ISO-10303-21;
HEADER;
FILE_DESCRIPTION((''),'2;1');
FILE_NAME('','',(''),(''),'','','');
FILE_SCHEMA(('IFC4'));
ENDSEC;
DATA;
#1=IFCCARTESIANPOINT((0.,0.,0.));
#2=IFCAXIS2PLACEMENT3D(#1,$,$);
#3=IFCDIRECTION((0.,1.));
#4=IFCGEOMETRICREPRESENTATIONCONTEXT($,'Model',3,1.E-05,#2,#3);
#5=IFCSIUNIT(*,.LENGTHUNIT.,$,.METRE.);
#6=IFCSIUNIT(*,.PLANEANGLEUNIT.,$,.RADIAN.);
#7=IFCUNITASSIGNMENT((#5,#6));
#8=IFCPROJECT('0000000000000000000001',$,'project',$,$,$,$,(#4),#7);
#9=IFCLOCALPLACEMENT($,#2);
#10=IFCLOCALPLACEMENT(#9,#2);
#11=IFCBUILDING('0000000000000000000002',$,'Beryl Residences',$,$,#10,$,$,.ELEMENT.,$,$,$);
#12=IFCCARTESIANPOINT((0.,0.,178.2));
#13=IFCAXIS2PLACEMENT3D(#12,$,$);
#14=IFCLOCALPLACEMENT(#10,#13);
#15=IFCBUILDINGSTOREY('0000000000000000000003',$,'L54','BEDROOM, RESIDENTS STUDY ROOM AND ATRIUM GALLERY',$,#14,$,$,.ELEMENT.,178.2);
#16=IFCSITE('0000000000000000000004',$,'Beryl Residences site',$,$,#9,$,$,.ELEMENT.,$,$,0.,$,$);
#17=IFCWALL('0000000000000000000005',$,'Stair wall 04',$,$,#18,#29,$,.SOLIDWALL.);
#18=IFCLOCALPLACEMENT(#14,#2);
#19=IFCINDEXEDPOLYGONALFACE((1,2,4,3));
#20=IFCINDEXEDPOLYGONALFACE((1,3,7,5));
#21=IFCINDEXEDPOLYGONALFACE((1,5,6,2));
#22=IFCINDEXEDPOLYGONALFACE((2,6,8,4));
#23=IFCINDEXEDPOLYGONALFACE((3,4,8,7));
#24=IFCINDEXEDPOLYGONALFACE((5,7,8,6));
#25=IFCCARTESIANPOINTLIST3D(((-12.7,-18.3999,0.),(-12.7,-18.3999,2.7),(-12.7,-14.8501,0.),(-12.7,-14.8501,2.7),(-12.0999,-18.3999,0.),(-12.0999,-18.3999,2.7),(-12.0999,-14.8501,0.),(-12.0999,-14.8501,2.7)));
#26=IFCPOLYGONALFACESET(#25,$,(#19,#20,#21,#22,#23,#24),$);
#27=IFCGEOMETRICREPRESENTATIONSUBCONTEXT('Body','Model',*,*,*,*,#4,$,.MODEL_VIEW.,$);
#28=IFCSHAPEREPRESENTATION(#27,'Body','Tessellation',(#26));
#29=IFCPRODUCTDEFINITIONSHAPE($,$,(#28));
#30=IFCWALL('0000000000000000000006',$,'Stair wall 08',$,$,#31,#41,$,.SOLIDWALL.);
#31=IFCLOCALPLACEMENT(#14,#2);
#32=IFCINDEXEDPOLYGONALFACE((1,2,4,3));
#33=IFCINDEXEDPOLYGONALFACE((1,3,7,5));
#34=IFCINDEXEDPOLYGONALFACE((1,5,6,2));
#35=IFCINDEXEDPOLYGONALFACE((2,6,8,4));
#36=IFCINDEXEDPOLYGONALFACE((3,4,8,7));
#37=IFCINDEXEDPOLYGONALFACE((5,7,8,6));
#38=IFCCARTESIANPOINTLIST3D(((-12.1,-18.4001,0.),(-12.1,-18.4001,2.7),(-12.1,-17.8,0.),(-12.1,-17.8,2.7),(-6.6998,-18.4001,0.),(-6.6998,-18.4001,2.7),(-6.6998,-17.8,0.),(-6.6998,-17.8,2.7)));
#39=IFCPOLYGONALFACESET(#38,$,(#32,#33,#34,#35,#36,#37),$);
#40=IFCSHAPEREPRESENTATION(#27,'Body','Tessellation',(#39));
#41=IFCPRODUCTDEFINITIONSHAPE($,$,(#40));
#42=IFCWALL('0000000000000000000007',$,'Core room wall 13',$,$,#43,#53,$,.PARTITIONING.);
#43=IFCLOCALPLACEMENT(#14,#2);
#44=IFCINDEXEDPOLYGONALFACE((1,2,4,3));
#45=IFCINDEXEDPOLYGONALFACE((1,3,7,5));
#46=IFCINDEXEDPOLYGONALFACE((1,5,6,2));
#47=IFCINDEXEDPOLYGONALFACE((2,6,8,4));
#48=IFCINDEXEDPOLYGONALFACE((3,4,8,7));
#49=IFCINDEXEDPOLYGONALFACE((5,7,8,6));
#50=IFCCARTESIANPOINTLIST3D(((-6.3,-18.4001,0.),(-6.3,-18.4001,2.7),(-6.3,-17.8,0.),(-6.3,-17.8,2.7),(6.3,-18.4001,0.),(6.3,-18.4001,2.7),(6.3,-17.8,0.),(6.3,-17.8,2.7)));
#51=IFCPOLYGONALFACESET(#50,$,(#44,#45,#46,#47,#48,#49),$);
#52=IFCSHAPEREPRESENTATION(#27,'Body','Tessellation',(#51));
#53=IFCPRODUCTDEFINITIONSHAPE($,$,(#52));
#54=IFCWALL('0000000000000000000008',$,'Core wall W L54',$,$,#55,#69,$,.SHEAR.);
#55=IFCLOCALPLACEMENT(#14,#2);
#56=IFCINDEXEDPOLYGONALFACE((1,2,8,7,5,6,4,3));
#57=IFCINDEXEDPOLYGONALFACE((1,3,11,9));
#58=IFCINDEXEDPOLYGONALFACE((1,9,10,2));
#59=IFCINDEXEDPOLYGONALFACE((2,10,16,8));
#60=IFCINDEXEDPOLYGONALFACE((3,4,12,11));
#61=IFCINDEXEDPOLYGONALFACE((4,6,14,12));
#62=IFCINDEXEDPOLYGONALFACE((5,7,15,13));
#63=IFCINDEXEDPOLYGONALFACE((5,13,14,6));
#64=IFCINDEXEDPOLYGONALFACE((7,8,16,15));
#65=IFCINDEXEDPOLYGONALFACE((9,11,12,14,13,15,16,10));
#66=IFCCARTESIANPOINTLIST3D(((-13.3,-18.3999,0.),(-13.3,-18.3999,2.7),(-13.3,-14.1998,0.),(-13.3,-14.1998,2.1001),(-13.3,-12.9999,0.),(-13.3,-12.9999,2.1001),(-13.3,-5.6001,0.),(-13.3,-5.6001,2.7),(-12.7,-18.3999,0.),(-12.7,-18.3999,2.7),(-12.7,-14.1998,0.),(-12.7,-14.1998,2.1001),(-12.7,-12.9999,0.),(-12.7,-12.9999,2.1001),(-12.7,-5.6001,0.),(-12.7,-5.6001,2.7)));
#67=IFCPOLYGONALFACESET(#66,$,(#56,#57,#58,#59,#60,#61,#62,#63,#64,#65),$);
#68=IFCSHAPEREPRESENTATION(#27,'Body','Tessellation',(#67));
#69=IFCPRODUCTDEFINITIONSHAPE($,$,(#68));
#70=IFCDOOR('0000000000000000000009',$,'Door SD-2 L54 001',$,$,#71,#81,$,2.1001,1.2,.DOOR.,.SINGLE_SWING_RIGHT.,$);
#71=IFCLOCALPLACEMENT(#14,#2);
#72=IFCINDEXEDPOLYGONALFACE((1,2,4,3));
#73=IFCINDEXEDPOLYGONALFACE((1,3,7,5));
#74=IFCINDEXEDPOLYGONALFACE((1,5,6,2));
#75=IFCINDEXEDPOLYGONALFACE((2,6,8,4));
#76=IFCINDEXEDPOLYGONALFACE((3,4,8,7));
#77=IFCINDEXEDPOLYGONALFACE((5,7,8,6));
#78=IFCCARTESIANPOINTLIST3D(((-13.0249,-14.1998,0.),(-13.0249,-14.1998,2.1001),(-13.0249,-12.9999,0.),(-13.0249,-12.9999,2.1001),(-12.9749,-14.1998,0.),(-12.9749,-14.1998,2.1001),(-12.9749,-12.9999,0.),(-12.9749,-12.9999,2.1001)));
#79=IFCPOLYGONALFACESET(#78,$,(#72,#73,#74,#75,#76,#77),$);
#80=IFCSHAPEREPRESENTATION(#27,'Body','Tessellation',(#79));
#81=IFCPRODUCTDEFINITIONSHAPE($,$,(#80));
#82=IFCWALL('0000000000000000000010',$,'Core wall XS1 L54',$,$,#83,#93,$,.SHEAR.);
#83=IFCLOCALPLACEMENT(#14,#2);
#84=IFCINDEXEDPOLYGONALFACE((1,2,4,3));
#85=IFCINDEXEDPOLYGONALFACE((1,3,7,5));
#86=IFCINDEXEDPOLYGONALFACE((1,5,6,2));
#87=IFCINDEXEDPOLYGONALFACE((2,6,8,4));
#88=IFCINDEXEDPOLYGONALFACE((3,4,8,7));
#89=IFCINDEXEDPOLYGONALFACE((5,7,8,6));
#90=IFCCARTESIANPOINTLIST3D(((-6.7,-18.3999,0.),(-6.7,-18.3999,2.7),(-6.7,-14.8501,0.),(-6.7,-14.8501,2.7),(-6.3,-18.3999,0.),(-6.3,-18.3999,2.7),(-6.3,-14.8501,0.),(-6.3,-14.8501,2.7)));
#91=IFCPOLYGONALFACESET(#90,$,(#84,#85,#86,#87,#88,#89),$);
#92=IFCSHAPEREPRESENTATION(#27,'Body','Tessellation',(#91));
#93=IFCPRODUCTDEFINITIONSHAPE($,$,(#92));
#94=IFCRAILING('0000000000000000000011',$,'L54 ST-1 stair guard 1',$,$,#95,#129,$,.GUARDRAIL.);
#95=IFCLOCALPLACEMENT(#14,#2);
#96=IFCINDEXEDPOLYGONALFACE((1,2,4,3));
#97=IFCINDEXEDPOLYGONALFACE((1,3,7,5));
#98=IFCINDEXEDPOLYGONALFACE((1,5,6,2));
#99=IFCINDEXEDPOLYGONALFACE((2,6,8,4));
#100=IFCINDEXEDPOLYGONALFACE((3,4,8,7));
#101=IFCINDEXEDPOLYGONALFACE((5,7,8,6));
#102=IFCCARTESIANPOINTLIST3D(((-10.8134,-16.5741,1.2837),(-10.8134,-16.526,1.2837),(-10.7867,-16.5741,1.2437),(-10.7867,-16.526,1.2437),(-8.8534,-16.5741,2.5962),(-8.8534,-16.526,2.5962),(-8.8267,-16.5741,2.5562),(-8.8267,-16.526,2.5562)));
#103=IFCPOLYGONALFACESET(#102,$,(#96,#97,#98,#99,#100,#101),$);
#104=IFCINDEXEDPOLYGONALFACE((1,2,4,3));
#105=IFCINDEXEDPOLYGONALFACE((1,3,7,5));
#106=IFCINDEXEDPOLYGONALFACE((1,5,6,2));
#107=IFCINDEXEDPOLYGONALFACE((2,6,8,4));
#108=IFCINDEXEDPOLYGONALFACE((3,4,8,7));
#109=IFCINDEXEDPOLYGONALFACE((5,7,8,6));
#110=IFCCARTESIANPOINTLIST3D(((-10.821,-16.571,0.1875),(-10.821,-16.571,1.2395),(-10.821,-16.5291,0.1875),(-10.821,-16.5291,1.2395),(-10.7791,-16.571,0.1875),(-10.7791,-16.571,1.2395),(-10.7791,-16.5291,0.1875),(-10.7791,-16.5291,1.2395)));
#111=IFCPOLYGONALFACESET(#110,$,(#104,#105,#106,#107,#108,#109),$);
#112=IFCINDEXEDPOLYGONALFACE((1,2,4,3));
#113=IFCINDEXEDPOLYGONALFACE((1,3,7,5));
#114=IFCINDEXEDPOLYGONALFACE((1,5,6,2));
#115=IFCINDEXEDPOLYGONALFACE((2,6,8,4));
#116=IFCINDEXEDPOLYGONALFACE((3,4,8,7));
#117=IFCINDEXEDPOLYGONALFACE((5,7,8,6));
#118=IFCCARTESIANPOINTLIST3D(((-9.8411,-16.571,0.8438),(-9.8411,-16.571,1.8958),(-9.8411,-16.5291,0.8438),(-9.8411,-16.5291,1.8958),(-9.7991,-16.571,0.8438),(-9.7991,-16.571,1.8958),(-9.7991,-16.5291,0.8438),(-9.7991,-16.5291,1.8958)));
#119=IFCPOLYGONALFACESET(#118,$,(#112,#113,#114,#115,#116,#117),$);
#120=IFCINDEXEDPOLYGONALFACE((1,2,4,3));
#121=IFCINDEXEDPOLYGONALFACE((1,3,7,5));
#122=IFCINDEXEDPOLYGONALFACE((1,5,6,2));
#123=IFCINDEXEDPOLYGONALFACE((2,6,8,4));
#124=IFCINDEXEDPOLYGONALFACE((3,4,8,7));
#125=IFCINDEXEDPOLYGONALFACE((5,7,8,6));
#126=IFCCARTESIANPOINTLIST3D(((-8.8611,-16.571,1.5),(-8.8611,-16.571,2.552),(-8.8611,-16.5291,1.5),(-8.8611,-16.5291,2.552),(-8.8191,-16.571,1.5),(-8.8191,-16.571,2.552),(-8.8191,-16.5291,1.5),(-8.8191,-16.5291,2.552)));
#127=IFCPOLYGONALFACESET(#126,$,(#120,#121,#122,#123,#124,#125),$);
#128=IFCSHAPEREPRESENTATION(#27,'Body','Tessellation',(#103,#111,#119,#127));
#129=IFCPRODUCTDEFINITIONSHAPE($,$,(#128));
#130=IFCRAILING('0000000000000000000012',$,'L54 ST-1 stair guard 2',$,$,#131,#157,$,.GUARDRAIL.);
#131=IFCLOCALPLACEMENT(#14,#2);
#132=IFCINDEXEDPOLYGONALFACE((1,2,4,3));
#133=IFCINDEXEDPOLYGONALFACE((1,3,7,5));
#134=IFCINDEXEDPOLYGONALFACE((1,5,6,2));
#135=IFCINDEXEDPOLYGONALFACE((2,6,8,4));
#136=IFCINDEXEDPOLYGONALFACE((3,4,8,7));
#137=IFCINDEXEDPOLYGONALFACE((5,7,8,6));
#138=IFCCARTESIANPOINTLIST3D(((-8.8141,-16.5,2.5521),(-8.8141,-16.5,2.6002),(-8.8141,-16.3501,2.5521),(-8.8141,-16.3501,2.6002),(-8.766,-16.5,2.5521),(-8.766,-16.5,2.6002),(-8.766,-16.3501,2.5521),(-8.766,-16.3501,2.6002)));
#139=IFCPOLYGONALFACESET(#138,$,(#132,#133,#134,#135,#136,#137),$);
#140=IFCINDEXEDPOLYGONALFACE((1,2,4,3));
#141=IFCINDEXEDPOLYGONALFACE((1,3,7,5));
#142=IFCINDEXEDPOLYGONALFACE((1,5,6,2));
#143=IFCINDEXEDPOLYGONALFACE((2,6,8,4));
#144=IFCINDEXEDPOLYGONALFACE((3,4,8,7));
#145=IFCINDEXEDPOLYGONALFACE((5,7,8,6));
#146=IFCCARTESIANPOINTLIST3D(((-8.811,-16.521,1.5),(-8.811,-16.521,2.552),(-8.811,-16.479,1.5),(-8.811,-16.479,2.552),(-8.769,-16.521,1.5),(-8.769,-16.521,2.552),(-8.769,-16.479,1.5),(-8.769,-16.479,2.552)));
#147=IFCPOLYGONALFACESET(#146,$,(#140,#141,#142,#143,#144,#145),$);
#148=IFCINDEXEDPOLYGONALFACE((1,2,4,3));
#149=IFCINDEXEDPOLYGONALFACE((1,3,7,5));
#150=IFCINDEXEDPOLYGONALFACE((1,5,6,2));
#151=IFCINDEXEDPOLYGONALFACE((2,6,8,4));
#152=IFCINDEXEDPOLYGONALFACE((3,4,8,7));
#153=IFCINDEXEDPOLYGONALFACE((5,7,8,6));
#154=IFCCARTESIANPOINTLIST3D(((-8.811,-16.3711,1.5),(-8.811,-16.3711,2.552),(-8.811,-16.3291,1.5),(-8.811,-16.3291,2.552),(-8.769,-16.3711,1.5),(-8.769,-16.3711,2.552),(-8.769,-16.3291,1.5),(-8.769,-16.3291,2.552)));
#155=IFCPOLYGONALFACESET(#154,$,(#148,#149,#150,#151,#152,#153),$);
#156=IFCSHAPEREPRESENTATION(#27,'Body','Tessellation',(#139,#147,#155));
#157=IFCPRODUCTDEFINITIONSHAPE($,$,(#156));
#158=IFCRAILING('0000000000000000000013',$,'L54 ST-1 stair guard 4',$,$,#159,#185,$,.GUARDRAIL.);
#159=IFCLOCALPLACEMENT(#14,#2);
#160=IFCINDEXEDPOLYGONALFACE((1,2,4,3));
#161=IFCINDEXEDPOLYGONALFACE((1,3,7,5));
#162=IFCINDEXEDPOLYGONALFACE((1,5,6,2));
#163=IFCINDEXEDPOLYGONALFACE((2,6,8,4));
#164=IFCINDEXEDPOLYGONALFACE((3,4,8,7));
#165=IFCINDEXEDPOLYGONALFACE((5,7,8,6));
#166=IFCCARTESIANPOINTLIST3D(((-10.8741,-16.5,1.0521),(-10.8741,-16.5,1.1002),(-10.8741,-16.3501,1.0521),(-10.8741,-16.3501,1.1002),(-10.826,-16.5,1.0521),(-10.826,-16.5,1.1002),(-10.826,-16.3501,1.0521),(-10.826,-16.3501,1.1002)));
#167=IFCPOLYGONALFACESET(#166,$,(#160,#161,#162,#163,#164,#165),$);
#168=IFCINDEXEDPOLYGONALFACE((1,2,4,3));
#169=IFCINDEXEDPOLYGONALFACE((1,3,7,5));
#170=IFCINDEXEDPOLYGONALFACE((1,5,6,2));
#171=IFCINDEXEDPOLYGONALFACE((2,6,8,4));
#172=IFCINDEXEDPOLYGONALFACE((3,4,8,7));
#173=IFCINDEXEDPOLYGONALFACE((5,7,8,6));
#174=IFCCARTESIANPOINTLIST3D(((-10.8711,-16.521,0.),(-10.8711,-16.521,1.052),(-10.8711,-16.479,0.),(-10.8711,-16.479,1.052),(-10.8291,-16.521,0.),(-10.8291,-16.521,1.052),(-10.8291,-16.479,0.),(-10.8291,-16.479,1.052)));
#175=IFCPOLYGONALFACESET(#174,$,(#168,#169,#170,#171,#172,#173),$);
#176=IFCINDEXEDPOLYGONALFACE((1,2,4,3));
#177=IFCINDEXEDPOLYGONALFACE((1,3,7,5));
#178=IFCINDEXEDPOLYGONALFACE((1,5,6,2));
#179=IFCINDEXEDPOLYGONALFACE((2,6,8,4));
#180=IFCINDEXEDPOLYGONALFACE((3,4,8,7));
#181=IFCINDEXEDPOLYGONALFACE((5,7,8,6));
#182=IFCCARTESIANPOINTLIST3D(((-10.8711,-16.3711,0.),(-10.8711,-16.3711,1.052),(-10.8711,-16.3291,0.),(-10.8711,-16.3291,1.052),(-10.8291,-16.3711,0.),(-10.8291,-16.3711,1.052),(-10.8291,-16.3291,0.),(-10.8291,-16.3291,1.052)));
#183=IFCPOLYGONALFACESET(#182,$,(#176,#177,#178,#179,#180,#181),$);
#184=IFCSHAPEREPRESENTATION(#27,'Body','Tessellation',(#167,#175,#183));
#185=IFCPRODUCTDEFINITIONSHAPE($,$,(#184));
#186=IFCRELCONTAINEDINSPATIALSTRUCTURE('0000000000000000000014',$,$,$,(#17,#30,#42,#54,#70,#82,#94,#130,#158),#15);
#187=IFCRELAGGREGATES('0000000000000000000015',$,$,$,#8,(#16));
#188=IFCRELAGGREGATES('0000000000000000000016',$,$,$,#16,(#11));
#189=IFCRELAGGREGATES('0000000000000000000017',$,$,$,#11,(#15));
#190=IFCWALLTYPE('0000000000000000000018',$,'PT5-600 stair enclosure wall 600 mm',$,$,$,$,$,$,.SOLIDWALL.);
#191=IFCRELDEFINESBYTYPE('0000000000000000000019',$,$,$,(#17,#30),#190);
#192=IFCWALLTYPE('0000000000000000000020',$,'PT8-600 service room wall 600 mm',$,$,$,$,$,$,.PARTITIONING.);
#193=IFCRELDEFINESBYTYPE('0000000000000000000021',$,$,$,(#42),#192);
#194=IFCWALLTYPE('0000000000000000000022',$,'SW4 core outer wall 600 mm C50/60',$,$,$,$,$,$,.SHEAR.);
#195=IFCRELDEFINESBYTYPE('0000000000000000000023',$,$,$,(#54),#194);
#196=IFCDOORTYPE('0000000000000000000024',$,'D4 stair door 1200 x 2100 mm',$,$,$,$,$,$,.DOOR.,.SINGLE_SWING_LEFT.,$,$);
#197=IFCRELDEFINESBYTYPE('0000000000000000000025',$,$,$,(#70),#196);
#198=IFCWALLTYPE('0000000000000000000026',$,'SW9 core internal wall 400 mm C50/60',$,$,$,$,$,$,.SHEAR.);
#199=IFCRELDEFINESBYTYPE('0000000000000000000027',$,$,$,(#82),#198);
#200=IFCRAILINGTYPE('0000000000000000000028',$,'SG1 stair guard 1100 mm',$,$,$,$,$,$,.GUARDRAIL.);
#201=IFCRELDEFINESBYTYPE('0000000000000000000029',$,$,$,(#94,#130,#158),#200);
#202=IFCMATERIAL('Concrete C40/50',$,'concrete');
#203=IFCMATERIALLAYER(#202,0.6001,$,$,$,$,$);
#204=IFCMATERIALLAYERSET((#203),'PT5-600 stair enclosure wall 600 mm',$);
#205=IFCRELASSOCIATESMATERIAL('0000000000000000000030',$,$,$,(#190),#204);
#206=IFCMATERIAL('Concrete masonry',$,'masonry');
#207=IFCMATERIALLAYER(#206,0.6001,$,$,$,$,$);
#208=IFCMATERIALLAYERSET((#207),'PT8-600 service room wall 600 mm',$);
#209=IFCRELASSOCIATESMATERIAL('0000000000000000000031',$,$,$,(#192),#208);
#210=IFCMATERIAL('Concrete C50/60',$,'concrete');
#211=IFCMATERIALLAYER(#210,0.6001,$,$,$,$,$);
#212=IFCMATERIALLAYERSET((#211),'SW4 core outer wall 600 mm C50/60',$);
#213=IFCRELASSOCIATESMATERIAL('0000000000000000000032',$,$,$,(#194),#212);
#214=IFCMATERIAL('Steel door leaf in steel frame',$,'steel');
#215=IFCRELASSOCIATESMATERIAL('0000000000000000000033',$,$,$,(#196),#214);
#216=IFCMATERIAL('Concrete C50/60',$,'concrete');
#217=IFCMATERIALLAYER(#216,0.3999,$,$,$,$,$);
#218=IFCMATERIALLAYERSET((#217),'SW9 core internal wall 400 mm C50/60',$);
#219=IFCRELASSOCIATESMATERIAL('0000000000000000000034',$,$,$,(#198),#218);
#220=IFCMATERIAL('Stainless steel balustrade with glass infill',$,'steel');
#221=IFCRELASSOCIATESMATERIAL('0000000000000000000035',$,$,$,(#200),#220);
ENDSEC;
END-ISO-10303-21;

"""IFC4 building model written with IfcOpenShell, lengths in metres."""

from ifc_helpers import new_model, si_unit, direction, frame, frame_2d, origin, origin_2d, place, context, subcontext, project, spatial, rectangle, extrude, material, layer, layer_set, type_object, element, fill, save


model = new_model("IFC4")

# Units and contexts
model_context = context("Model", 3, precision=1e-05, world=origin(), true_north=direction((0.0, 1.0)))
body_context = subcontext(model_context, "Body", "Model", "MODEL_VIEW")
ifc_project = project(units=[si_unit("LENGTHUNIT", "METRE"), si_unit("PLANEANGLEUNIT", "RADIAN")], contexts=[model_context])

# Site, building, storey
site_placement = place(None, origin())
site = spatial("IfcSite", under=ifc_project, at=site_placement, Name="Beryl Residences site", CompositionType="ELEMENT", RefElevation=0.0)
building_placement = place(site_placement, origin())
building = spatial("IfcBuilding", under=site, at=building_placement, Name="Beryl Residences", CompositionType="ELEMENT")
storey_placement = place(building_placement, frame((0.0, 0.0, 178.2)))
storey = spatial("IfcBuildingStorey", under=building, at=storey_placement, Name="L54", Description="BEDROOM, RESIDENTS STUDY ROOM AND ATRIUM GALLERY", CompositionType="ELEMENT", Elevation=178.2)

# Walls
ifc_material_1 = material(Name="Concrete C40/50", Category="concrete")
ifc_layer_1 = layer(ifc_material_1, 0.6001)
ifc_layer_set_1 = layer_set([ifc_layer_1], Name="PT5-600 stair enclosure wall 600 mm")
wall_type_1 = type_object("IfcWallType", Name="PT5-600 stair enclosure wall 600 mm", PredefinedType="SOLIDWALL", material=ifc_layer_set_1)
wall_1_placement = place(storey_placement, frame((-12.3999, -18.3999, 0.0), z_axis=(0.0, 0.0, 1.0), x_axis=(0.0, 1.0, 0.0)))
element("IfcWall", 1, at=wall_1_placement, inside=storey, type_object=wall_type_1, Name="Stair wall 04", PredefinedType="SOLIDWALL", context=body_context, shape_type="SweptSolid", body=[
    extrude(rectangle(XDim=3.5498, YDim=0.6001, at=frame_2d((1.7749, 0.0))), origin(), (0.0, 0.0, 1.0), 2.7),
])
wall_2_placement = place(storey_placement, frame((-12.1001, -18.1001, 0.0), z_axis=(0.0, 0.0, 1.0), x_axis=(1.0, 0.0, 0.0)))
element("IfcWall", 2, at=wall_2_placement, inside=storey, type_object=wall_type_1, Name="Stair wall 08", PredefinedType="SOLIDWALL", context=body_context, shape_type="SweptSolid", body=[
    extrude(rectangle(XDim=5.4001, YDim=0.6001, at=frame_2d((2.7002, 0.0))), origin(), (0.0, 0.0, 1.0), 2.7),
])
ifc_material_2 = material(Name="Concrete masonry", Category="masonry")
ifc_layer_2 = layer(ifc_material_2, 0.6001)
ifc_layer_set_2 = layer_set([ifc_layer_2], Name="PT8-600 service room wall 600 mm")
wall_type_2 = type_object("IfcWallType", Name="PT8-600 service room wall 600 mm", PredefinedType="PARTITIONING", material=ifc_layer_set_2)
wall_3_placement = place(storey_placement, frame((-6.3, -18.1001, 0.0), z_axis=(0.0, 0.0, 1.0), x_axis=(1.0, 0.0, 0.0)))
element("IfcWall", 3, at=wall_3_placement, inside=storey, type_object=wall_type_2, Name="Core room wall 13", PredefinedType="PARTITIONING", context=body_context, shape_type="SweptSolid", body=[
    extrude(rectangle(XDim=12.6001, YDim=0.6001, at=frame_2d((6.3, 0.0))), origin(), (0.0, 0.0, 1.0), 2.7),
])

# Wall, opening, door
ifc_material_3 = material(Name="Concrete C50/60", Category="concrete")
ifc_layer_3 = layer(ifc_material_3, 0.6001)
ifc_layer_set_3 = layer_set([ifc_layer_3], Name="SW4 core outer wall 600 mm C50/60")
wall_type_3 = type_object("IfcWallType", Name="SW4 core outer wall 600 mm C50/60", PredefinedType="SHEAR", material=ifc_layer_set_3)
wall_4_placement = place(storey_placement, frame((-13.0, -18.3999, 0.0), z_axis=(0.0, 0.0, 1.0), x_axis=(0.0, 1.0, 0.0)))
wall_4 = element("IfcWall", 4, at=wall_4_placement, inside=storey, type_object=wall_type_3, Name="Core wall W L54", PredefinedType="SHEAR", context=body_context, shape_type="SweptSolid", body=[
    extrude(rectangle(XDim=12.7998, YDim=0.6001, at=frame_2d((6.3999, 0.0))), origin(), (0.0, 0.0, 1.0), 2.7),
])
opening_1_placement = place(wall_4_placement, frame((4.2, 0.0, 0.0)))
opening_1 = element("IfcOpeningElement", 5, at=opening_1_placement, cuts=wall_4, PredefinedType="OPENING", context=body_context, shape_type="SweptSolid", body=[
    extrude(rectangle(XDim=1.2, YDim=2.1001, at=frame_2d((0.6001, 1.05))), frame((0.0, 0.3101, 0.0), z_axis=(0.0, -1.0, 0.0), x_axis=(1.0, 0.0, 0.0)), (0.0, 0.0, 1.0), 0.6201),
])
ifc_material_4 = material(Name="Steel door leaf in steel frame", Category="steel")
door_type = type_object("IfcDoorType", Name="D4 stair door 1200 x 2100 mm", OperationType="SINGLE_SWING_LEFT", PredefinedType="DOOR", material=ifc_material_4)
door_placement = place(opening_1_placement, origin())
door = element("IfcDoor", 6, at=door_placement, inside=storey, type_object=door_type, Name="Door SD-2 L54 001", OperationType="SINGLE_SWING_RIGHT", OverallHeight=2.1001, OverallWidth=1.2, PredefinedType="DOOR", context=body_context, shape_type="SweptSolid", body=[
    extrude(rectangle(XDim=1.2, YDim=2.1001, at=frame_2d((0.6001, 1.05))), frame((0.0, 0.0249, 0.0), z_axis=(0.0, -1.0, 0.0), x_axis=(1.0, 0.0, 0.0)), (0.0, 0.0, 1.0), 0.05),
])
fill(opening_1, door)

# Wall
ifc_material_5 = material(Name="Concrete C50/60", Category="concrete")
ifc_layer_4 = layer(ifc_material_5, 0.3999)
ifc_layer_set_4 = layer_set([ifc_layer_4], Name="SW9 core internal wall 400 mm C50/60")
wall_type_4 = type_object("IfcWallType", Name="SW9 core internal wall 400 mm C50/60", PredefinedType="SHEAR", material=ifc_layer_set_4)
wall_5_placement = place(storey_placement, frame((-6.5, -18.3999, 0.0), z_axis=(0.0, 0.0, 1.0), x_axis=(0.0, 1.0, 0.0)))
element("IfcWall", 7, at=wall_5_placement, inside=storey, type_object=wall_type_4, Name="Core wall XS1 L54", PredefinedType="SHEAR", context=body_context, shape_type="SweptSolid", body=[
    extrude(rectangle(XDim=3.5498, YDim=0.3999, at=frame_2d((1.7749, 0.0))), origin(), (0.0, 0.0, 1.0), 2.7),
])

# Railings
ifc_material_6 = material(Name="Stainless steel balustrade with glass infill", Category="steel")
railing_type_1 = type_object("IfcRailingType", Name="SG1 stair guard 1100 mm", PredefinedType="GUARDRAIL", material=ifc_material_6)
railing_1_placement = place(storey_placement, frame((-10.8, -16.55, 0.1875)))
element("IfcRailing", 8, at=railing_1_placement, inside=storey, type_object=railing_type_1, Name="L54 ST-1 stair guard 1", PredefinedType="GUARDRAIL", context=body_context, shape_type="SweptSolid", body=[
    extrude(rectangle(XDim=0.0481, YDim=0.0481, at=origin_2d()), frame((0.0, 0.0, 1.0762), z_axis=(0.830902, 0.0, 0.556419), x_axis=(0.0, 1.0, 0.0)), (0.0, 0.0, 1.0), 2.3589),
    extrude(rectangle(XDim=0.042, YDim=0.042, at=origin_2d()), origin(), (0.0, 0.0, 1.0), 1.052),
    extrude(rectangle(XDim=0.042, YDim=0.042, at=origin_2d()), frame((0.98, 0.0, 0.6562)), (0.0, 0.0, 1.0), 1.052),
    extrude(rectangle(XDim=0.042, YDim=0.042, at=origin_2d()), frame((1.96, 0.0, 1.3125)), (0.0, 0.0, 1.0), 1.052),
])
for number, where, name in (
    (9, (-8.79, -16.5, 1.5), "L54 ST-1 stair guard 2"),
    (10, (-10.8501, -16.5, 0.0), "L54 ST-1 stair guard 4"),
):
    element("IfcRailing", number, at=place(storey_placement, frame(where)), inside=storey, type_object=railing_type_1, Name=name, PredefinedType="GUARDRAIL", context=body_context, shape_type="SweptSolid", body=[
        extrude(rectangle(XDim=0.0481, YDim=0.0481, at=origin_2d()), frame((0.0, 0.0, 1.0762), z_axis=(0.0, 1.0, 0.0), x_axis=(-1.0, 0.0, 0.0)), (0.0, 0.0, 1.0), 0.1499),
        extrude(rectangle(XDim=0.042, YDim=0.042, at=origin_2d()), origin(), (0.0, 0.0, 1.0), 1.052),
        extrude(rectangle(XDim=0.042, YDim=0.042, at=origin_2d()), frame((0.0, 0.1499, 0.0)), (0.0, 0.0, 1.0), 1.052),
    ])

save(model, "model.ifc")
